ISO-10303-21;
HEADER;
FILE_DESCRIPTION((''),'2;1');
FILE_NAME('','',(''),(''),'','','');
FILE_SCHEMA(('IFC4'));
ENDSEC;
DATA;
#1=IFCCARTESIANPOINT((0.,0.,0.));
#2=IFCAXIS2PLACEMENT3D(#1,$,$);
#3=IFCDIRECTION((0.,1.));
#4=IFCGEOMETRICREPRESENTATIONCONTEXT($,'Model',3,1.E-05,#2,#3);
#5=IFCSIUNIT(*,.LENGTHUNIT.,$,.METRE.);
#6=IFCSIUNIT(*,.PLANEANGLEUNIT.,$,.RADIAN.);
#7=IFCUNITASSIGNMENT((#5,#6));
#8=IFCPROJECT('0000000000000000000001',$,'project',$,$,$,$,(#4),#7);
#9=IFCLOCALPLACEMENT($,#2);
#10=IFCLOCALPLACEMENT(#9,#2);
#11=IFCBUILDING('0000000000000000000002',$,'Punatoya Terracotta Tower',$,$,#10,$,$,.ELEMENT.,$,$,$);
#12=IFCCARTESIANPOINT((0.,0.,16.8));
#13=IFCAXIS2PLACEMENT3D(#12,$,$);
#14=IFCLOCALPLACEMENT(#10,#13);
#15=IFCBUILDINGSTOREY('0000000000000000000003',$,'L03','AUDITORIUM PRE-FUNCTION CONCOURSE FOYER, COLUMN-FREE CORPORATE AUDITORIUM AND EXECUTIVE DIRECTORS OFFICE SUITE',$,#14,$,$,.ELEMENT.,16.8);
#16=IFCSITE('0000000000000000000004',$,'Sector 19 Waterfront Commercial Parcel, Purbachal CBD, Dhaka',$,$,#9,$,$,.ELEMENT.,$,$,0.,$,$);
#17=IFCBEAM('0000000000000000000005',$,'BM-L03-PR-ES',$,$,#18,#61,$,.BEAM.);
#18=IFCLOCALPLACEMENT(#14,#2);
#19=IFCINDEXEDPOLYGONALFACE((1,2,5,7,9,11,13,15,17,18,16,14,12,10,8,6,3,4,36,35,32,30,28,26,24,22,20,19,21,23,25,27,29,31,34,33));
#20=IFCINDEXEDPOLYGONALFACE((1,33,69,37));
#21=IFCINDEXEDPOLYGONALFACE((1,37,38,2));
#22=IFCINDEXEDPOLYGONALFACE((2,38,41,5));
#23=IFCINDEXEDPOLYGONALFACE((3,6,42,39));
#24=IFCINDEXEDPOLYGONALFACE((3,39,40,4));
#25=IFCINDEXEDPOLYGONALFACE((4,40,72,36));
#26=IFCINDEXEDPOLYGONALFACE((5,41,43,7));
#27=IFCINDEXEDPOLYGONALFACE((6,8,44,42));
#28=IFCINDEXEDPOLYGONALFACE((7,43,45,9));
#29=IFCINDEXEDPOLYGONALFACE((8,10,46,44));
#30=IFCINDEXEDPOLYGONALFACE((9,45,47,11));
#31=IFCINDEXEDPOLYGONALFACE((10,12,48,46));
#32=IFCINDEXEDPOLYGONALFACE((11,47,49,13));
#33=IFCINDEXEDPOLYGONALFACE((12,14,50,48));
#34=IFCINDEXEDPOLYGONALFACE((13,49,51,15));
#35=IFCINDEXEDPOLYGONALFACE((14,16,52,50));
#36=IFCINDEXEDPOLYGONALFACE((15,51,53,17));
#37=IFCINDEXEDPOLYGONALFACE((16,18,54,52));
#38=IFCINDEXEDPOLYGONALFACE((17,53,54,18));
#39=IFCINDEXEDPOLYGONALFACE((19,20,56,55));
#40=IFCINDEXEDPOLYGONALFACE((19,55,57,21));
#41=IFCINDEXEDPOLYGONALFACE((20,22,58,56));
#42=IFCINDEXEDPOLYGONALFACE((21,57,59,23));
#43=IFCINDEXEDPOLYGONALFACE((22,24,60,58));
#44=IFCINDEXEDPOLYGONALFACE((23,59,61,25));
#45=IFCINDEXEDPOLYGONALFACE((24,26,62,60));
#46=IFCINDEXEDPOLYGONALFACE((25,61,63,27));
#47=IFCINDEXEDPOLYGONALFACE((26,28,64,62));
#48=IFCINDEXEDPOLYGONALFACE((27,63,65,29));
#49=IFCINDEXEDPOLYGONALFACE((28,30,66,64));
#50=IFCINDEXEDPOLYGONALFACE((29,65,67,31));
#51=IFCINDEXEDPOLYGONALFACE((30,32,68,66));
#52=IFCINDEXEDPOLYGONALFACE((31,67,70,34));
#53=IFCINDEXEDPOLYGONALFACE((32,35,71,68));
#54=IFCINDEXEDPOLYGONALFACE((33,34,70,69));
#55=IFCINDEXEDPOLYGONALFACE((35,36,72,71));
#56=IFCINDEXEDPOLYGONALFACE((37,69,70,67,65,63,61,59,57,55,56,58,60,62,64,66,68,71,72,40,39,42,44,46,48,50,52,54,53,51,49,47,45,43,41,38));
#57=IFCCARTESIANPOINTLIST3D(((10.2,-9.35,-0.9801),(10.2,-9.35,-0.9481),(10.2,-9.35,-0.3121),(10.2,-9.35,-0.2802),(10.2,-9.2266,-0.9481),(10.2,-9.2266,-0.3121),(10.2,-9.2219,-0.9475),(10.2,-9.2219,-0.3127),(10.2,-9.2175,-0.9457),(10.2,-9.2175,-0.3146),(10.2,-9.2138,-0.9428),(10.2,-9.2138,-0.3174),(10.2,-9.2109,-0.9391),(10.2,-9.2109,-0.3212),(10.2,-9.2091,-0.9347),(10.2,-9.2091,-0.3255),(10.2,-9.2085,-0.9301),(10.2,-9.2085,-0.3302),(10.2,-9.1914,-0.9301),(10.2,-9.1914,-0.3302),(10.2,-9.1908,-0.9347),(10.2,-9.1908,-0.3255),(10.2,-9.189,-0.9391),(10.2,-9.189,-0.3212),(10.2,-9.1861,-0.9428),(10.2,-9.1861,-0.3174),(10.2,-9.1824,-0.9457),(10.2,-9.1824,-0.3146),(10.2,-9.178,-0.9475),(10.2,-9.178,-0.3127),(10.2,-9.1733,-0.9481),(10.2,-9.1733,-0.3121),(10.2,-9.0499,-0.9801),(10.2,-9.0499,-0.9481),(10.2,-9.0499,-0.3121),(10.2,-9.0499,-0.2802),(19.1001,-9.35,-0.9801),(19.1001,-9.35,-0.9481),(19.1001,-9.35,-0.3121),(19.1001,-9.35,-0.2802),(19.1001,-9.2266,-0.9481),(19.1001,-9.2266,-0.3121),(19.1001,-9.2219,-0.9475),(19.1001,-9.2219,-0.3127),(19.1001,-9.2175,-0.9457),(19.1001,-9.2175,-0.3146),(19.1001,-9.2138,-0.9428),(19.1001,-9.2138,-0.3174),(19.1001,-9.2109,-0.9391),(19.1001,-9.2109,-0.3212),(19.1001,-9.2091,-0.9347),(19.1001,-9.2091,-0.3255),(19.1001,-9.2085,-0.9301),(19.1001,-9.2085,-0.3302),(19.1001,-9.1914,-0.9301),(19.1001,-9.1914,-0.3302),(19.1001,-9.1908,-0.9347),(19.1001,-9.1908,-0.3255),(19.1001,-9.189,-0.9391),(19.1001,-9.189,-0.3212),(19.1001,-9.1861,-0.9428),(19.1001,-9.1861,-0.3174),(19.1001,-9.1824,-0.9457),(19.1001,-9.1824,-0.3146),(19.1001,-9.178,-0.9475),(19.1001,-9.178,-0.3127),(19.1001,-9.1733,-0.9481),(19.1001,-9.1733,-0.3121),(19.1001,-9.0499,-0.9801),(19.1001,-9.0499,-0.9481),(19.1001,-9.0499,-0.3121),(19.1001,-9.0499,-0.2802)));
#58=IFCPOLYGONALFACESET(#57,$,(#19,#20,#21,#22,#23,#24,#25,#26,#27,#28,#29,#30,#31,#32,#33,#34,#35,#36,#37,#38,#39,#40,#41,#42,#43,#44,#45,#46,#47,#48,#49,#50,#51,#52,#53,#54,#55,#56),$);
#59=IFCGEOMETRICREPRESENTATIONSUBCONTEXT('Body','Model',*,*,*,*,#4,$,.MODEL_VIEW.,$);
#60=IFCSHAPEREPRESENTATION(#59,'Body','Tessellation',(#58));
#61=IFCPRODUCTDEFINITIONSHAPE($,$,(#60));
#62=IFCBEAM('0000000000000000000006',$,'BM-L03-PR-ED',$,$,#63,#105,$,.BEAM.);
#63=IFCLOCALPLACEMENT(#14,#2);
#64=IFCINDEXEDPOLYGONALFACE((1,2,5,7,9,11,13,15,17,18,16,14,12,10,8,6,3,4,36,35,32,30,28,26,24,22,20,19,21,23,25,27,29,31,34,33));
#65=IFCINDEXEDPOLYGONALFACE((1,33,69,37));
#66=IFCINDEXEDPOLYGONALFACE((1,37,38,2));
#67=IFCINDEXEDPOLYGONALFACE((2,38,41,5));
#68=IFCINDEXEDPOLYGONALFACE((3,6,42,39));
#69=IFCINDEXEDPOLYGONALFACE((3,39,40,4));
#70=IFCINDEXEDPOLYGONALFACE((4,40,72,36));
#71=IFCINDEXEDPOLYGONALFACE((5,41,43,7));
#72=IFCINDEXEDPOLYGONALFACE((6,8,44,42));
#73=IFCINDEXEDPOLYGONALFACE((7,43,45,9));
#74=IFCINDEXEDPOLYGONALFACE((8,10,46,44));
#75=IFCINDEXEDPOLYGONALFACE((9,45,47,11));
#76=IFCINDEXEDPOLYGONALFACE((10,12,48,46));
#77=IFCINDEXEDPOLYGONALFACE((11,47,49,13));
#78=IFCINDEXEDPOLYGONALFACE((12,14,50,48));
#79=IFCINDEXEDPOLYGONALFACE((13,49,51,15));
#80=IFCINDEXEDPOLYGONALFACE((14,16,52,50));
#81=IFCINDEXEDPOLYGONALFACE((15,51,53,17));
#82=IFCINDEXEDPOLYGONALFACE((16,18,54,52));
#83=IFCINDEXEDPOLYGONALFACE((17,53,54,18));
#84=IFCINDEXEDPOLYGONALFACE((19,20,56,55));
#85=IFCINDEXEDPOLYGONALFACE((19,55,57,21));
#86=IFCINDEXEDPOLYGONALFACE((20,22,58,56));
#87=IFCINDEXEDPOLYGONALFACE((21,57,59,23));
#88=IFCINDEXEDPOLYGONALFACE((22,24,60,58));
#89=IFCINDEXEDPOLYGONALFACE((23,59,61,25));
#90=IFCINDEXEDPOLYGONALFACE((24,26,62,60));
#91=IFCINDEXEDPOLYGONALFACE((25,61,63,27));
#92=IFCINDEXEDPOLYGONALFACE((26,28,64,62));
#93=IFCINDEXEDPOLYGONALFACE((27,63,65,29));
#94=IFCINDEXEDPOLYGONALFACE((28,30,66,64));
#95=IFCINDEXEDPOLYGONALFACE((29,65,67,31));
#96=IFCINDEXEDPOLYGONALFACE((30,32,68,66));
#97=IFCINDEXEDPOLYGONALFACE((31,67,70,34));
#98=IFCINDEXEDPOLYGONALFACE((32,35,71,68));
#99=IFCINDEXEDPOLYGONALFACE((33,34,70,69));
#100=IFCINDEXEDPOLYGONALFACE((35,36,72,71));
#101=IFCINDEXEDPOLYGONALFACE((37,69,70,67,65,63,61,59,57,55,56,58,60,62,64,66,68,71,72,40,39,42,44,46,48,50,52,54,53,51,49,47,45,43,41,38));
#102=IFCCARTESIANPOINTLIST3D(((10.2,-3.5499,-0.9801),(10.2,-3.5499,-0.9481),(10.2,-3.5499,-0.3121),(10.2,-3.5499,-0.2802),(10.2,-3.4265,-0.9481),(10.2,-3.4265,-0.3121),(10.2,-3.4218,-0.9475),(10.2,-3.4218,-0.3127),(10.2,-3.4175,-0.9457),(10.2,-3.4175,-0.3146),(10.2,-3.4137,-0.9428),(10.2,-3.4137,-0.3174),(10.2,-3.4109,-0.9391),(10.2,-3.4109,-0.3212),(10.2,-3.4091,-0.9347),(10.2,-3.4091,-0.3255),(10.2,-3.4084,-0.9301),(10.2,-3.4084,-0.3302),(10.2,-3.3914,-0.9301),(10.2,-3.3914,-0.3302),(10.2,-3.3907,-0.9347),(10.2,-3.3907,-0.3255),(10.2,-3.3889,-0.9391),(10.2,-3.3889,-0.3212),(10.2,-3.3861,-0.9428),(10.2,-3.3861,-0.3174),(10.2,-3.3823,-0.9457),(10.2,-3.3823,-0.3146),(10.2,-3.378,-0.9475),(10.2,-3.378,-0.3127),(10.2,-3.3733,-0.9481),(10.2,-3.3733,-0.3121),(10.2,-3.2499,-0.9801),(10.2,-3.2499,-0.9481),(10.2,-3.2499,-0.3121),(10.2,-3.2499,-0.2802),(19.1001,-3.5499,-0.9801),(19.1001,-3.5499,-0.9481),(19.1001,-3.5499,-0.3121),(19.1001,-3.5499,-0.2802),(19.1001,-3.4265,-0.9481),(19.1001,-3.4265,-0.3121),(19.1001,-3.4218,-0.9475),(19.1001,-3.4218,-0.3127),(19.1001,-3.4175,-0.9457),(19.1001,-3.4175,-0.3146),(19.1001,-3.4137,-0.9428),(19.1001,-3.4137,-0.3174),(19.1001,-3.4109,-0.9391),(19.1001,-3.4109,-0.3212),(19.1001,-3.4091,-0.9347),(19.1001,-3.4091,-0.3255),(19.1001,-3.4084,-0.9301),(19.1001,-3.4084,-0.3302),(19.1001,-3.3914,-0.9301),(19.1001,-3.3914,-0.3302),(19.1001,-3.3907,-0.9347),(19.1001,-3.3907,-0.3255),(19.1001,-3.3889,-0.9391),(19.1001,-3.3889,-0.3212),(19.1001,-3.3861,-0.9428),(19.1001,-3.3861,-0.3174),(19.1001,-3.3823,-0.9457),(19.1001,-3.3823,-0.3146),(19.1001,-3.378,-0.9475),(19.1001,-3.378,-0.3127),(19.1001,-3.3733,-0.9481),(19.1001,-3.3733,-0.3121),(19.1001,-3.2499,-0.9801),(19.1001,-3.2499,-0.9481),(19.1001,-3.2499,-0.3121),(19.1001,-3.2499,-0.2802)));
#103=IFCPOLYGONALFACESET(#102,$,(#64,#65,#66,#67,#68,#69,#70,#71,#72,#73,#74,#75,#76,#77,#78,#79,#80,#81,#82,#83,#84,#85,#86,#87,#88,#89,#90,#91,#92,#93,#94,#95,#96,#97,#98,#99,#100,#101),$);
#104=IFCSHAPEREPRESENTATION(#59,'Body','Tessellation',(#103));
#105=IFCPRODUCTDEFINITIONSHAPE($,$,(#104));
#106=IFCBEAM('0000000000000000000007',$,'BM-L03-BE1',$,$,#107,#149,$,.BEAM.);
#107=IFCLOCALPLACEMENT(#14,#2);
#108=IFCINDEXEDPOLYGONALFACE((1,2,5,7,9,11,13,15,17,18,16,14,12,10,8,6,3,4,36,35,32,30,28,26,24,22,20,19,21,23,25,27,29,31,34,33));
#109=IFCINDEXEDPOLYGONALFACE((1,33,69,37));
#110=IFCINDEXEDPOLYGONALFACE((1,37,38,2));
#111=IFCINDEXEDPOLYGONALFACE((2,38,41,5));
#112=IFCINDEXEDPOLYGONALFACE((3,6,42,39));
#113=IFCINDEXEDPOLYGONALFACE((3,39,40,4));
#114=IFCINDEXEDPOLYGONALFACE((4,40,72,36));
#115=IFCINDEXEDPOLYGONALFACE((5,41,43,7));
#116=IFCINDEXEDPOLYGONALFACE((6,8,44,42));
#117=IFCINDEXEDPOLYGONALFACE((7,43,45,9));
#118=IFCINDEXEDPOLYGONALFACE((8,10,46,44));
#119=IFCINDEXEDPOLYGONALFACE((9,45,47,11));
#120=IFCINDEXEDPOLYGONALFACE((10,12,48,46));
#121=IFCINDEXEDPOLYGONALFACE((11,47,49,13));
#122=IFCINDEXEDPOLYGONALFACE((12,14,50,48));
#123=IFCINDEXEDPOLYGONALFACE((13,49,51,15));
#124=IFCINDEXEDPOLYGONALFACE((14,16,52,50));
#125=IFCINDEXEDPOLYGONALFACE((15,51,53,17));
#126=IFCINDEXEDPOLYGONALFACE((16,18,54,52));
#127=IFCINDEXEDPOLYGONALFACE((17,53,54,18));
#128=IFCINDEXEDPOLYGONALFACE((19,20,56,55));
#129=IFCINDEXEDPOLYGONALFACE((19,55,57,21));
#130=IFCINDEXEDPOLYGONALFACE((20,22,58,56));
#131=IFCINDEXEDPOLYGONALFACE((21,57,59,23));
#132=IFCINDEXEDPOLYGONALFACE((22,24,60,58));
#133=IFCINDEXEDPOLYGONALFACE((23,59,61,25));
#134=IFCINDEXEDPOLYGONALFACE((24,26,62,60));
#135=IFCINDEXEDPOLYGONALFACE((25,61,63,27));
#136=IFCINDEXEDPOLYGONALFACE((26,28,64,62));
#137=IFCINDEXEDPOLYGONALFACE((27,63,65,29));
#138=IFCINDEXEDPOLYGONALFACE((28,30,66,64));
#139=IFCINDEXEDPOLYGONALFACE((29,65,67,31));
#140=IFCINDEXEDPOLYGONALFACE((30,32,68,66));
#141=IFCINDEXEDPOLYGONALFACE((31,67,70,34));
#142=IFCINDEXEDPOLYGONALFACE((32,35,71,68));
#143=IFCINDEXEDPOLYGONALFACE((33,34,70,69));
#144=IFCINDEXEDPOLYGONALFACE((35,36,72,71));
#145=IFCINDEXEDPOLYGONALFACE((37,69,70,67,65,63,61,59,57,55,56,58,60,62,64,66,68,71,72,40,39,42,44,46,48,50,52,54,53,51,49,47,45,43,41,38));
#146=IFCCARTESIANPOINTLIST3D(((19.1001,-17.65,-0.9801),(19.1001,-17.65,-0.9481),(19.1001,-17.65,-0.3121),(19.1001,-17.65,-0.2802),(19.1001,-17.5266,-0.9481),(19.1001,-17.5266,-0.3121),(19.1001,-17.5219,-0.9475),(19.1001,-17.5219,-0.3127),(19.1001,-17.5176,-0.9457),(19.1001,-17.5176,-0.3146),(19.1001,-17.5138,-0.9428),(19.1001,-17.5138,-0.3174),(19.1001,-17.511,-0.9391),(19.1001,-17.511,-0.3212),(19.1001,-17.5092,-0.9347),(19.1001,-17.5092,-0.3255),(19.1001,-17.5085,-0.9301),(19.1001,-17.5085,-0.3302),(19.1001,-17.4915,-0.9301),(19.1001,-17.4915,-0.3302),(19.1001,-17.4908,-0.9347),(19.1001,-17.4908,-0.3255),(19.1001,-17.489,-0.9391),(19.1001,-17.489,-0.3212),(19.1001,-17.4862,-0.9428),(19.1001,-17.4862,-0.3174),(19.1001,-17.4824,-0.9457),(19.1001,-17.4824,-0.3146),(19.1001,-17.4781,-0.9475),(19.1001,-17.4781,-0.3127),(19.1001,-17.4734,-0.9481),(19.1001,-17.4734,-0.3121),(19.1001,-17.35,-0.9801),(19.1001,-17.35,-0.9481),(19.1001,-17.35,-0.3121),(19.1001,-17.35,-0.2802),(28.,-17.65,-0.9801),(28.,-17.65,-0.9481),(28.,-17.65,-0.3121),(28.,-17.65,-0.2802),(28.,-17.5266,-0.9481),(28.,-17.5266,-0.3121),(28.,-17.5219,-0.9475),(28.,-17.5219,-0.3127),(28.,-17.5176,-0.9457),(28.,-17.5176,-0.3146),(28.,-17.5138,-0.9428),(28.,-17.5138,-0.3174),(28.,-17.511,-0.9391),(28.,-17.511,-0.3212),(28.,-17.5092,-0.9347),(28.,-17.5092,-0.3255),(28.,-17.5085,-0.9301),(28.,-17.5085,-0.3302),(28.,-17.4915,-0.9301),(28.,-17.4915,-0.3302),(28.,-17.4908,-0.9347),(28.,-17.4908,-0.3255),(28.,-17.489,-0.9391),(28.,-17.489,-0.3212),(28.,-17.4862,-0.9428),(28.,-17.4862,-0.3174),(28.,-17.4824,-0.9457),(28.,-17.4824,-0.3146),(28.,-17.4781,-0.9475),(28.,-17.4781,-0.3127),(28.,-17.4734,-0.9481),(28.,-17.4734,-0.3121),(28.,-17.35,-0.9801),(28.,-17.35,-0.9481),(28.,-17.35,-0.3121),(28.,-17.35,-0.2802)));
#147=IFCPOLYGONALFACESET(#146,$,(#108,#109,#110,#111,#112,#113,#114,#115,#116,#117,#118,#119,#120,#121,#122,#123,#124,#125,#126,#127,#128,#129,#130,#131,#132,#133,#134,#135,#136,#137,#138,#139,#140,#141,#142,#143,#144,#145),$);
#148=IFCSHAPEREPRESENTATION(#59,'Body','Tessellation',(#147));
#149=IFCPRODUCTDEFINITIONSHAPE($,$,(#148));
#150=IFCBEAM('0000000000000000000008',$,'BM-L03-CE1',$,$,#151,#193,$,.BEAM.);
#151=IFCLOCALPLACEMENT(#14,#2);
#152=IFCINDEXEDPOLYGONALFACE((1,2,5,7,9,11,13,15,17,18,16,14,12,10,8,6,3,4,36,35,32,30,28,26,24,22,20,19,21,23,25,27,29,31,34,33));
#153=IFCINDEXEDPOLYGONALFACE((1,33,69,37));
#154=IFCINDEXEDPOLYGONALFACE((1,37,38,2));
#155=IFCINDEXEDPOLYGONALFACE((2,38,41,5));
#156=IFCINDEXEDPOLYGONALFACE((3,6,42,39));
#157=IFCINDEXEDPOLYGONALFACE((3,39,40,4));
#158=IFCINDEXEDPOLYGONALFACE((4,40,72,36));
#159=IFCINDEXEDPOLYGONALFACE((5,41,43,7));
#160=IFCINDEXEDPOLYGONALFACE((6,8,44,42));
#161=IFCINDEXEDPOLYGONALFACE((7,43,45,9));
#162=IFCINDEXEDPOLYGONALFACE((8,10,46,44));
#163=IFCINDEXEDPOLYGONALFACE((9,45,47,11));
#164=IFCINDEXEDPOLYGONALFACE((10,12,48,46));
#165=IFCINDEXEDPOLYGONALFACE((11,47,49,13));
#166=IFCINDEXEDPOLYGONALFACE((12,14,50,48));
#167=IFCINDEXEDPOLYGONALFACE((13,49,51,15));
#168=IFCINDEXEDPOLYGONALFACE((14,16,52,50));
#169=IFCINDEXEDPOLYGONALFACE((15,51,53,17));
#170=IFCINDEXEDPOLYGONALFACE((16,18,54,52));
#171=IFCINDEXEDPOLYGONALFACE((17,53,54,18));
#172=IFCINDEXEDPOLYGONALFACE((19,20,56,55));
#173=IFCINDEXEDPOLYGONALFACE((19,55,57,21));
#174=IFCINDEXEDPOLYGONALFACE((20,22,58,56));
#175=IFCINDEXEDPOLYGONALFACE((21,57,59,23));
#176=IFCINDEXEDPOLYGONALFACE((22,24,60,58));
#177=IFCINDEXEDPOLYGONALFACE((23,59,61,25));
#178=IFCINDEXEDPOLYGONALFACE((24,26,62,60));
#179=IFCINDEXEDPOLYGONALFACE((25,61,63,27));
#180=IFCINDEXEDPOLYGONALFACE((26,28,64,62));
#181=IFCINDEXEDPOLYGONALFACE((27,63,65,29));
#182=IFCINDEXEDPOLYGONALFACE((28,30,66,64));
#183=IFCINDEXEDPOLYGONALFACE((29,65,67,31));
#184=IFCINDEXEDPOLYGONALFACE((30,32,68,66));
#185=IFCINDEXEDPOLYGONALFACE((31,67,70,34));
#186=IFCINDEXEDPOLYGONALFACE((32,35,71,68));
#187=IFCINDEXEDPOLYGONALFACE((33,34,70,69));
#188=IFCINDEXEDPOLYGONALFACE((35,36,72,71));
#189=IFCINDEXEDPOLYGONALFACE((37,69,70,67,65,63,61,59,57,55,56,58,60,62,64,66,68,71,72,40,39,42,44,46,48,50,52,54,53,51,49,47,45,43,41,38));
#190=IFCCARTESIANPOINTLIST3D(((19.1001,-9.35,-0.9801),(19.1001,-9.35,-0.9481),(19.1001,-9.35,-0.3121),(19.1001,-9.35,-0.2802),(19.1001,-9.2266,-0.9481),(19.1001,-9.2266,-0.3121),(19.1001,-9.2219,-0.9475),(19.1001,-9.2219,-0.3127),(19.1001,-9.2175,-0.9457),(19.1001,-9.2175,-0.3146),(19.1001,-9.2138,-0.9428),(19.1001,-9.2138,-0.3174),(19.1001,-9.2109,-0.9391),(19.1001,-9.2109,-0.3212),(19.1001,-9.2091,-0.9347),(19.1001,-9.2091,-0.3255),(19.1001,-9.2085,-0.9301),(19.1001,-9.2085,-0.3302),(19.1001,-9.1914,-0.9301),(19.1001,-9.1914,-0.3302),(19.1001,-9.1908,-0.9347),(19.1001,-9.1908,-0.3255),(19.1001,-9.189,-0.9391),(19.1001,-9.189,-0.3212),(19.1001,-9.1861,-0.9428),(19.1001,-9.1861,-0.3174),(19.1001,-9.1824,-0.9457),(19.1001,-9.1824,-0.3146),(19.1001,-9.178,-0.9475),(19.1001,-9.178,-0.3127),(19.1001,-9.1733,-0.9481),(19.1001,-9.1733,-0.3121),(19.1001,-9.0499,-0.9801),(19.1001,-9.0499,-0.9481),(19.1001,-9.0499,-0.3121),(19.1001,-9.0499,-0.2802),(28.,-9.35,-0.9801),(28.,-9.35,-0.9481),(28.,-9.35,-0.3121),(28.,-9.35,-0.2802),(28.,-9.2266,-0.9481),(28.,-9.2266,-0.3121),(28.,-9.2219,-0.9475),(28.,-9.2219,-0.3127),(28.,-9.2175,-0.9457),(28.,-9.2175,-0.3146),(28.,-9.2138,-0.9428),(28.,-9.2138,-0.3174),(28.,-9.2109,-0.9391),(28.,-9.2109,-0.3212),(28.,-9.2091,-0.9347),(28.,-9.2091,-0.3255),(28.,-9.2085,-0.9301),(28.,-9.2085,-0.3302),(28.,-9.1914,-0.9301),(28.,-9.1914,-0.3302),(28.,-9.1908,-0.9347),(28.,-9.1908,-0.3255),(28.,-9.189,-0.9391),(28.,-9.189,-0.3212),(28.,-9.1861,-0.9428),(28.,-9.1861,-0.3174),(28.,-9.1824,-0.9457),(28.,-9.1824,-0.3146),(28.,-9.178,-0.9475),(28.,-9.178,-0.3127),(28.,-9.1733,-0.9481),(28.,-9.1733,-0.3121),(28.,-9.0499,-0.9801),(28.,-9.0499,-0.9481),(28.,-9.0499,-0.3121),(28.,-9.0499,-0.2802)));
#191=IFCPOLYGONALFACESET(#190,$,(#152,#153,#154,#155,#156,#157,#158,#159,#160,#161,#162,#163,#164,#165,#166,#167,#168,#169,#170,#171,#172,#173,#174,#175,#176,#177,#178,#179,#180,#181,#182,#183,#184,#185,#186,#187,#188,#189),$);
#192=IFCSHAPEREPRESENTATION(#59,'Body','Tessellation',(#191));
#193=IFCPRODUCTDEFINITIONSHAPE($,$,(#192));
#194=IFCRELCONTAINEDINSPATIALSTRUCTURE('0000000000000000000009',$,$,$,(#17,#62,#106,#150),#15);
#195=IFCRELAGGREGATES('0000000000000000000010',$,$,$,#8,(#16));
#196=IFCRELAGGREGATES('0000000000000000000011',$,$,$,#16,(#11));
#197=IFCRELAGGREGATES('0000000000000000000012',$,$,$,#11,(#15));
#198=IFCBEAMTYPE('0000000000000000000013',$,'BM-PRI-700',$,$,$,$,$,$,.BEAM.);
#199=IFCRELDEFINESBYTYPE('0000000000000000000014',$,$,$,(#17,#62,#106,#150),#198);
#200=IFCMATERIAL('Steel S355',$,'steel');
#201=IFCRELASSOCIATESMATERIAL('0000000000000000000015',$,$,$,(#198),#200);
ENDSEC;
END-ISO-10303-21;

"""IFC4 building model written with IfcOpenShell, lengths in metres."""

from ifc_helpers import new_model, si_unit, direction, frame, origin, origin_2d, place, context, subcontext, project, spatial, i_section, extrude, material, material_profile, profile_set, type_object, element, save


model = new_model("IFC4")

# Units and contexts
model_context = context("Model", 3, precision=1e-05, world=origin(), true_north=direction((0.0, 1.0)))
body_context = subcontext(model_context, "Body", "Model", "MODEL_VIEW")
ifc_project = project(units=[si_unit("LENGTHUNIT", "METRE"), si_unit("PLANEANGLEUNIT", "RADIAN")], contexts=[model_context])

# Site, building, storey
site_placement = place(None, origin())
site = spatial("IfcSite", under=ifc_project, at=site_placement, Name="Sector 19 Waterfront Commercial Parcel, Purbachal CBD, Dhaka", CompositionType="ELEMENT", RefElevation=0.0)
building_placement = place(site_placement, origin())
building = spatial("IfcBuilding", under=site, at=building_placement, Name="Punatoya Terracotta Tower", CompositionType="ELEMENT")
storey_placement = place(building_placement, frame((0.0, 0.0, 16.8)))
storey = spatial("IfcBuildingStorey", under=building, at=storey_placement, Name="L03", Description="AUDITORIUM PRE-FUNCTION CONCOURSE FOYER, COLUMN-FREE CORPORATE AUDITORIUM AND EXECUTIVE DIRECTORS OFFICE SUITE", CompositionType="ELEMENT", Elevation=16.8)

# Beams
ifc_material_1 = material(Name="Steel S355", Category="steel")
ifc_material_profile_1 = material_profile(ifc_material_1, i_section(OverallWidth=0.3, OverallDepth=0.7, WebThickness=0.0171, FlangeThickness=0.032, FilletRadius=0.0181, at=origin_2d()))
ifc_profile_set_1 = profile_set([ifc_material_profile_1], Name="Steel S355")
beam_type_1 = type_object("IfcBeamType", Name="BM-PRI-700", PredefinedType="BEAM", material=ifc_profile_set_1)
for number, where, z_axis, x_axis, name in (
    (1, (10.2, -9.2, -0.6301), (1.0, 0.0, 0.0), (0.0, 1.0, 0.0), "BM-L03-PR-ES"),
    (2, (10.2, -3.3999, -0.6301), (1.0, 0.0, 0.0), (0.0, 1.0, 0.0), "BM-L03-PR-ED"),
):
    element("IfcBeam", number, at=place(storey_placement, frame(where, z_axis=z_axis, x_axis=x_axis)), inside=storey, type_object=beam_type_1, Name=name, PredefinedType="BEAM", context=body_context, shape_type="SweptSolid", body=[
        extrude(i_section(OverallWidth=0.3, OverallDepth=0.7, WebThickness=0.0171, FlangeThickness=0.032, FilletRadius=0.0181, at=origin_2d()), origin(), (0.0, 0.0, 1.0), 8.9001),
    ])
for number, where, z_axis, x_axis, name in (
    (3, (19.1001, -17.5, -0.6301), (1.0, 0.0, 0.0), (0.0, 1.0, 0.0), "BM-L03-BE1"),
    (4, (19.1001, -9.2, -0.6301), (1.0, 0.0, 0.0), (0.0, 1.0, 0.0), "BM-L03-CE1"),
):
    element("IfcBeam", number, at=place(storey_placement, frame(where, z_axis=z_axis, x_axis=x_axis)), inside=storey, type_object=beam_type_1, Name=name, PredefinedType="BEAM", context=body_context, shape_type="SweptSolid", body=[
        extrude(i_section(OverallWidth=0.3, OverallDepth=0.7, WebThickness=0.0171, FlangeThickness=0.032, FilletRadius=0.0181, at=origin_2d()), origin(), (0.0, 0.0, 1.0), 8.8999),
    ])

save(model, "model.ifc")
